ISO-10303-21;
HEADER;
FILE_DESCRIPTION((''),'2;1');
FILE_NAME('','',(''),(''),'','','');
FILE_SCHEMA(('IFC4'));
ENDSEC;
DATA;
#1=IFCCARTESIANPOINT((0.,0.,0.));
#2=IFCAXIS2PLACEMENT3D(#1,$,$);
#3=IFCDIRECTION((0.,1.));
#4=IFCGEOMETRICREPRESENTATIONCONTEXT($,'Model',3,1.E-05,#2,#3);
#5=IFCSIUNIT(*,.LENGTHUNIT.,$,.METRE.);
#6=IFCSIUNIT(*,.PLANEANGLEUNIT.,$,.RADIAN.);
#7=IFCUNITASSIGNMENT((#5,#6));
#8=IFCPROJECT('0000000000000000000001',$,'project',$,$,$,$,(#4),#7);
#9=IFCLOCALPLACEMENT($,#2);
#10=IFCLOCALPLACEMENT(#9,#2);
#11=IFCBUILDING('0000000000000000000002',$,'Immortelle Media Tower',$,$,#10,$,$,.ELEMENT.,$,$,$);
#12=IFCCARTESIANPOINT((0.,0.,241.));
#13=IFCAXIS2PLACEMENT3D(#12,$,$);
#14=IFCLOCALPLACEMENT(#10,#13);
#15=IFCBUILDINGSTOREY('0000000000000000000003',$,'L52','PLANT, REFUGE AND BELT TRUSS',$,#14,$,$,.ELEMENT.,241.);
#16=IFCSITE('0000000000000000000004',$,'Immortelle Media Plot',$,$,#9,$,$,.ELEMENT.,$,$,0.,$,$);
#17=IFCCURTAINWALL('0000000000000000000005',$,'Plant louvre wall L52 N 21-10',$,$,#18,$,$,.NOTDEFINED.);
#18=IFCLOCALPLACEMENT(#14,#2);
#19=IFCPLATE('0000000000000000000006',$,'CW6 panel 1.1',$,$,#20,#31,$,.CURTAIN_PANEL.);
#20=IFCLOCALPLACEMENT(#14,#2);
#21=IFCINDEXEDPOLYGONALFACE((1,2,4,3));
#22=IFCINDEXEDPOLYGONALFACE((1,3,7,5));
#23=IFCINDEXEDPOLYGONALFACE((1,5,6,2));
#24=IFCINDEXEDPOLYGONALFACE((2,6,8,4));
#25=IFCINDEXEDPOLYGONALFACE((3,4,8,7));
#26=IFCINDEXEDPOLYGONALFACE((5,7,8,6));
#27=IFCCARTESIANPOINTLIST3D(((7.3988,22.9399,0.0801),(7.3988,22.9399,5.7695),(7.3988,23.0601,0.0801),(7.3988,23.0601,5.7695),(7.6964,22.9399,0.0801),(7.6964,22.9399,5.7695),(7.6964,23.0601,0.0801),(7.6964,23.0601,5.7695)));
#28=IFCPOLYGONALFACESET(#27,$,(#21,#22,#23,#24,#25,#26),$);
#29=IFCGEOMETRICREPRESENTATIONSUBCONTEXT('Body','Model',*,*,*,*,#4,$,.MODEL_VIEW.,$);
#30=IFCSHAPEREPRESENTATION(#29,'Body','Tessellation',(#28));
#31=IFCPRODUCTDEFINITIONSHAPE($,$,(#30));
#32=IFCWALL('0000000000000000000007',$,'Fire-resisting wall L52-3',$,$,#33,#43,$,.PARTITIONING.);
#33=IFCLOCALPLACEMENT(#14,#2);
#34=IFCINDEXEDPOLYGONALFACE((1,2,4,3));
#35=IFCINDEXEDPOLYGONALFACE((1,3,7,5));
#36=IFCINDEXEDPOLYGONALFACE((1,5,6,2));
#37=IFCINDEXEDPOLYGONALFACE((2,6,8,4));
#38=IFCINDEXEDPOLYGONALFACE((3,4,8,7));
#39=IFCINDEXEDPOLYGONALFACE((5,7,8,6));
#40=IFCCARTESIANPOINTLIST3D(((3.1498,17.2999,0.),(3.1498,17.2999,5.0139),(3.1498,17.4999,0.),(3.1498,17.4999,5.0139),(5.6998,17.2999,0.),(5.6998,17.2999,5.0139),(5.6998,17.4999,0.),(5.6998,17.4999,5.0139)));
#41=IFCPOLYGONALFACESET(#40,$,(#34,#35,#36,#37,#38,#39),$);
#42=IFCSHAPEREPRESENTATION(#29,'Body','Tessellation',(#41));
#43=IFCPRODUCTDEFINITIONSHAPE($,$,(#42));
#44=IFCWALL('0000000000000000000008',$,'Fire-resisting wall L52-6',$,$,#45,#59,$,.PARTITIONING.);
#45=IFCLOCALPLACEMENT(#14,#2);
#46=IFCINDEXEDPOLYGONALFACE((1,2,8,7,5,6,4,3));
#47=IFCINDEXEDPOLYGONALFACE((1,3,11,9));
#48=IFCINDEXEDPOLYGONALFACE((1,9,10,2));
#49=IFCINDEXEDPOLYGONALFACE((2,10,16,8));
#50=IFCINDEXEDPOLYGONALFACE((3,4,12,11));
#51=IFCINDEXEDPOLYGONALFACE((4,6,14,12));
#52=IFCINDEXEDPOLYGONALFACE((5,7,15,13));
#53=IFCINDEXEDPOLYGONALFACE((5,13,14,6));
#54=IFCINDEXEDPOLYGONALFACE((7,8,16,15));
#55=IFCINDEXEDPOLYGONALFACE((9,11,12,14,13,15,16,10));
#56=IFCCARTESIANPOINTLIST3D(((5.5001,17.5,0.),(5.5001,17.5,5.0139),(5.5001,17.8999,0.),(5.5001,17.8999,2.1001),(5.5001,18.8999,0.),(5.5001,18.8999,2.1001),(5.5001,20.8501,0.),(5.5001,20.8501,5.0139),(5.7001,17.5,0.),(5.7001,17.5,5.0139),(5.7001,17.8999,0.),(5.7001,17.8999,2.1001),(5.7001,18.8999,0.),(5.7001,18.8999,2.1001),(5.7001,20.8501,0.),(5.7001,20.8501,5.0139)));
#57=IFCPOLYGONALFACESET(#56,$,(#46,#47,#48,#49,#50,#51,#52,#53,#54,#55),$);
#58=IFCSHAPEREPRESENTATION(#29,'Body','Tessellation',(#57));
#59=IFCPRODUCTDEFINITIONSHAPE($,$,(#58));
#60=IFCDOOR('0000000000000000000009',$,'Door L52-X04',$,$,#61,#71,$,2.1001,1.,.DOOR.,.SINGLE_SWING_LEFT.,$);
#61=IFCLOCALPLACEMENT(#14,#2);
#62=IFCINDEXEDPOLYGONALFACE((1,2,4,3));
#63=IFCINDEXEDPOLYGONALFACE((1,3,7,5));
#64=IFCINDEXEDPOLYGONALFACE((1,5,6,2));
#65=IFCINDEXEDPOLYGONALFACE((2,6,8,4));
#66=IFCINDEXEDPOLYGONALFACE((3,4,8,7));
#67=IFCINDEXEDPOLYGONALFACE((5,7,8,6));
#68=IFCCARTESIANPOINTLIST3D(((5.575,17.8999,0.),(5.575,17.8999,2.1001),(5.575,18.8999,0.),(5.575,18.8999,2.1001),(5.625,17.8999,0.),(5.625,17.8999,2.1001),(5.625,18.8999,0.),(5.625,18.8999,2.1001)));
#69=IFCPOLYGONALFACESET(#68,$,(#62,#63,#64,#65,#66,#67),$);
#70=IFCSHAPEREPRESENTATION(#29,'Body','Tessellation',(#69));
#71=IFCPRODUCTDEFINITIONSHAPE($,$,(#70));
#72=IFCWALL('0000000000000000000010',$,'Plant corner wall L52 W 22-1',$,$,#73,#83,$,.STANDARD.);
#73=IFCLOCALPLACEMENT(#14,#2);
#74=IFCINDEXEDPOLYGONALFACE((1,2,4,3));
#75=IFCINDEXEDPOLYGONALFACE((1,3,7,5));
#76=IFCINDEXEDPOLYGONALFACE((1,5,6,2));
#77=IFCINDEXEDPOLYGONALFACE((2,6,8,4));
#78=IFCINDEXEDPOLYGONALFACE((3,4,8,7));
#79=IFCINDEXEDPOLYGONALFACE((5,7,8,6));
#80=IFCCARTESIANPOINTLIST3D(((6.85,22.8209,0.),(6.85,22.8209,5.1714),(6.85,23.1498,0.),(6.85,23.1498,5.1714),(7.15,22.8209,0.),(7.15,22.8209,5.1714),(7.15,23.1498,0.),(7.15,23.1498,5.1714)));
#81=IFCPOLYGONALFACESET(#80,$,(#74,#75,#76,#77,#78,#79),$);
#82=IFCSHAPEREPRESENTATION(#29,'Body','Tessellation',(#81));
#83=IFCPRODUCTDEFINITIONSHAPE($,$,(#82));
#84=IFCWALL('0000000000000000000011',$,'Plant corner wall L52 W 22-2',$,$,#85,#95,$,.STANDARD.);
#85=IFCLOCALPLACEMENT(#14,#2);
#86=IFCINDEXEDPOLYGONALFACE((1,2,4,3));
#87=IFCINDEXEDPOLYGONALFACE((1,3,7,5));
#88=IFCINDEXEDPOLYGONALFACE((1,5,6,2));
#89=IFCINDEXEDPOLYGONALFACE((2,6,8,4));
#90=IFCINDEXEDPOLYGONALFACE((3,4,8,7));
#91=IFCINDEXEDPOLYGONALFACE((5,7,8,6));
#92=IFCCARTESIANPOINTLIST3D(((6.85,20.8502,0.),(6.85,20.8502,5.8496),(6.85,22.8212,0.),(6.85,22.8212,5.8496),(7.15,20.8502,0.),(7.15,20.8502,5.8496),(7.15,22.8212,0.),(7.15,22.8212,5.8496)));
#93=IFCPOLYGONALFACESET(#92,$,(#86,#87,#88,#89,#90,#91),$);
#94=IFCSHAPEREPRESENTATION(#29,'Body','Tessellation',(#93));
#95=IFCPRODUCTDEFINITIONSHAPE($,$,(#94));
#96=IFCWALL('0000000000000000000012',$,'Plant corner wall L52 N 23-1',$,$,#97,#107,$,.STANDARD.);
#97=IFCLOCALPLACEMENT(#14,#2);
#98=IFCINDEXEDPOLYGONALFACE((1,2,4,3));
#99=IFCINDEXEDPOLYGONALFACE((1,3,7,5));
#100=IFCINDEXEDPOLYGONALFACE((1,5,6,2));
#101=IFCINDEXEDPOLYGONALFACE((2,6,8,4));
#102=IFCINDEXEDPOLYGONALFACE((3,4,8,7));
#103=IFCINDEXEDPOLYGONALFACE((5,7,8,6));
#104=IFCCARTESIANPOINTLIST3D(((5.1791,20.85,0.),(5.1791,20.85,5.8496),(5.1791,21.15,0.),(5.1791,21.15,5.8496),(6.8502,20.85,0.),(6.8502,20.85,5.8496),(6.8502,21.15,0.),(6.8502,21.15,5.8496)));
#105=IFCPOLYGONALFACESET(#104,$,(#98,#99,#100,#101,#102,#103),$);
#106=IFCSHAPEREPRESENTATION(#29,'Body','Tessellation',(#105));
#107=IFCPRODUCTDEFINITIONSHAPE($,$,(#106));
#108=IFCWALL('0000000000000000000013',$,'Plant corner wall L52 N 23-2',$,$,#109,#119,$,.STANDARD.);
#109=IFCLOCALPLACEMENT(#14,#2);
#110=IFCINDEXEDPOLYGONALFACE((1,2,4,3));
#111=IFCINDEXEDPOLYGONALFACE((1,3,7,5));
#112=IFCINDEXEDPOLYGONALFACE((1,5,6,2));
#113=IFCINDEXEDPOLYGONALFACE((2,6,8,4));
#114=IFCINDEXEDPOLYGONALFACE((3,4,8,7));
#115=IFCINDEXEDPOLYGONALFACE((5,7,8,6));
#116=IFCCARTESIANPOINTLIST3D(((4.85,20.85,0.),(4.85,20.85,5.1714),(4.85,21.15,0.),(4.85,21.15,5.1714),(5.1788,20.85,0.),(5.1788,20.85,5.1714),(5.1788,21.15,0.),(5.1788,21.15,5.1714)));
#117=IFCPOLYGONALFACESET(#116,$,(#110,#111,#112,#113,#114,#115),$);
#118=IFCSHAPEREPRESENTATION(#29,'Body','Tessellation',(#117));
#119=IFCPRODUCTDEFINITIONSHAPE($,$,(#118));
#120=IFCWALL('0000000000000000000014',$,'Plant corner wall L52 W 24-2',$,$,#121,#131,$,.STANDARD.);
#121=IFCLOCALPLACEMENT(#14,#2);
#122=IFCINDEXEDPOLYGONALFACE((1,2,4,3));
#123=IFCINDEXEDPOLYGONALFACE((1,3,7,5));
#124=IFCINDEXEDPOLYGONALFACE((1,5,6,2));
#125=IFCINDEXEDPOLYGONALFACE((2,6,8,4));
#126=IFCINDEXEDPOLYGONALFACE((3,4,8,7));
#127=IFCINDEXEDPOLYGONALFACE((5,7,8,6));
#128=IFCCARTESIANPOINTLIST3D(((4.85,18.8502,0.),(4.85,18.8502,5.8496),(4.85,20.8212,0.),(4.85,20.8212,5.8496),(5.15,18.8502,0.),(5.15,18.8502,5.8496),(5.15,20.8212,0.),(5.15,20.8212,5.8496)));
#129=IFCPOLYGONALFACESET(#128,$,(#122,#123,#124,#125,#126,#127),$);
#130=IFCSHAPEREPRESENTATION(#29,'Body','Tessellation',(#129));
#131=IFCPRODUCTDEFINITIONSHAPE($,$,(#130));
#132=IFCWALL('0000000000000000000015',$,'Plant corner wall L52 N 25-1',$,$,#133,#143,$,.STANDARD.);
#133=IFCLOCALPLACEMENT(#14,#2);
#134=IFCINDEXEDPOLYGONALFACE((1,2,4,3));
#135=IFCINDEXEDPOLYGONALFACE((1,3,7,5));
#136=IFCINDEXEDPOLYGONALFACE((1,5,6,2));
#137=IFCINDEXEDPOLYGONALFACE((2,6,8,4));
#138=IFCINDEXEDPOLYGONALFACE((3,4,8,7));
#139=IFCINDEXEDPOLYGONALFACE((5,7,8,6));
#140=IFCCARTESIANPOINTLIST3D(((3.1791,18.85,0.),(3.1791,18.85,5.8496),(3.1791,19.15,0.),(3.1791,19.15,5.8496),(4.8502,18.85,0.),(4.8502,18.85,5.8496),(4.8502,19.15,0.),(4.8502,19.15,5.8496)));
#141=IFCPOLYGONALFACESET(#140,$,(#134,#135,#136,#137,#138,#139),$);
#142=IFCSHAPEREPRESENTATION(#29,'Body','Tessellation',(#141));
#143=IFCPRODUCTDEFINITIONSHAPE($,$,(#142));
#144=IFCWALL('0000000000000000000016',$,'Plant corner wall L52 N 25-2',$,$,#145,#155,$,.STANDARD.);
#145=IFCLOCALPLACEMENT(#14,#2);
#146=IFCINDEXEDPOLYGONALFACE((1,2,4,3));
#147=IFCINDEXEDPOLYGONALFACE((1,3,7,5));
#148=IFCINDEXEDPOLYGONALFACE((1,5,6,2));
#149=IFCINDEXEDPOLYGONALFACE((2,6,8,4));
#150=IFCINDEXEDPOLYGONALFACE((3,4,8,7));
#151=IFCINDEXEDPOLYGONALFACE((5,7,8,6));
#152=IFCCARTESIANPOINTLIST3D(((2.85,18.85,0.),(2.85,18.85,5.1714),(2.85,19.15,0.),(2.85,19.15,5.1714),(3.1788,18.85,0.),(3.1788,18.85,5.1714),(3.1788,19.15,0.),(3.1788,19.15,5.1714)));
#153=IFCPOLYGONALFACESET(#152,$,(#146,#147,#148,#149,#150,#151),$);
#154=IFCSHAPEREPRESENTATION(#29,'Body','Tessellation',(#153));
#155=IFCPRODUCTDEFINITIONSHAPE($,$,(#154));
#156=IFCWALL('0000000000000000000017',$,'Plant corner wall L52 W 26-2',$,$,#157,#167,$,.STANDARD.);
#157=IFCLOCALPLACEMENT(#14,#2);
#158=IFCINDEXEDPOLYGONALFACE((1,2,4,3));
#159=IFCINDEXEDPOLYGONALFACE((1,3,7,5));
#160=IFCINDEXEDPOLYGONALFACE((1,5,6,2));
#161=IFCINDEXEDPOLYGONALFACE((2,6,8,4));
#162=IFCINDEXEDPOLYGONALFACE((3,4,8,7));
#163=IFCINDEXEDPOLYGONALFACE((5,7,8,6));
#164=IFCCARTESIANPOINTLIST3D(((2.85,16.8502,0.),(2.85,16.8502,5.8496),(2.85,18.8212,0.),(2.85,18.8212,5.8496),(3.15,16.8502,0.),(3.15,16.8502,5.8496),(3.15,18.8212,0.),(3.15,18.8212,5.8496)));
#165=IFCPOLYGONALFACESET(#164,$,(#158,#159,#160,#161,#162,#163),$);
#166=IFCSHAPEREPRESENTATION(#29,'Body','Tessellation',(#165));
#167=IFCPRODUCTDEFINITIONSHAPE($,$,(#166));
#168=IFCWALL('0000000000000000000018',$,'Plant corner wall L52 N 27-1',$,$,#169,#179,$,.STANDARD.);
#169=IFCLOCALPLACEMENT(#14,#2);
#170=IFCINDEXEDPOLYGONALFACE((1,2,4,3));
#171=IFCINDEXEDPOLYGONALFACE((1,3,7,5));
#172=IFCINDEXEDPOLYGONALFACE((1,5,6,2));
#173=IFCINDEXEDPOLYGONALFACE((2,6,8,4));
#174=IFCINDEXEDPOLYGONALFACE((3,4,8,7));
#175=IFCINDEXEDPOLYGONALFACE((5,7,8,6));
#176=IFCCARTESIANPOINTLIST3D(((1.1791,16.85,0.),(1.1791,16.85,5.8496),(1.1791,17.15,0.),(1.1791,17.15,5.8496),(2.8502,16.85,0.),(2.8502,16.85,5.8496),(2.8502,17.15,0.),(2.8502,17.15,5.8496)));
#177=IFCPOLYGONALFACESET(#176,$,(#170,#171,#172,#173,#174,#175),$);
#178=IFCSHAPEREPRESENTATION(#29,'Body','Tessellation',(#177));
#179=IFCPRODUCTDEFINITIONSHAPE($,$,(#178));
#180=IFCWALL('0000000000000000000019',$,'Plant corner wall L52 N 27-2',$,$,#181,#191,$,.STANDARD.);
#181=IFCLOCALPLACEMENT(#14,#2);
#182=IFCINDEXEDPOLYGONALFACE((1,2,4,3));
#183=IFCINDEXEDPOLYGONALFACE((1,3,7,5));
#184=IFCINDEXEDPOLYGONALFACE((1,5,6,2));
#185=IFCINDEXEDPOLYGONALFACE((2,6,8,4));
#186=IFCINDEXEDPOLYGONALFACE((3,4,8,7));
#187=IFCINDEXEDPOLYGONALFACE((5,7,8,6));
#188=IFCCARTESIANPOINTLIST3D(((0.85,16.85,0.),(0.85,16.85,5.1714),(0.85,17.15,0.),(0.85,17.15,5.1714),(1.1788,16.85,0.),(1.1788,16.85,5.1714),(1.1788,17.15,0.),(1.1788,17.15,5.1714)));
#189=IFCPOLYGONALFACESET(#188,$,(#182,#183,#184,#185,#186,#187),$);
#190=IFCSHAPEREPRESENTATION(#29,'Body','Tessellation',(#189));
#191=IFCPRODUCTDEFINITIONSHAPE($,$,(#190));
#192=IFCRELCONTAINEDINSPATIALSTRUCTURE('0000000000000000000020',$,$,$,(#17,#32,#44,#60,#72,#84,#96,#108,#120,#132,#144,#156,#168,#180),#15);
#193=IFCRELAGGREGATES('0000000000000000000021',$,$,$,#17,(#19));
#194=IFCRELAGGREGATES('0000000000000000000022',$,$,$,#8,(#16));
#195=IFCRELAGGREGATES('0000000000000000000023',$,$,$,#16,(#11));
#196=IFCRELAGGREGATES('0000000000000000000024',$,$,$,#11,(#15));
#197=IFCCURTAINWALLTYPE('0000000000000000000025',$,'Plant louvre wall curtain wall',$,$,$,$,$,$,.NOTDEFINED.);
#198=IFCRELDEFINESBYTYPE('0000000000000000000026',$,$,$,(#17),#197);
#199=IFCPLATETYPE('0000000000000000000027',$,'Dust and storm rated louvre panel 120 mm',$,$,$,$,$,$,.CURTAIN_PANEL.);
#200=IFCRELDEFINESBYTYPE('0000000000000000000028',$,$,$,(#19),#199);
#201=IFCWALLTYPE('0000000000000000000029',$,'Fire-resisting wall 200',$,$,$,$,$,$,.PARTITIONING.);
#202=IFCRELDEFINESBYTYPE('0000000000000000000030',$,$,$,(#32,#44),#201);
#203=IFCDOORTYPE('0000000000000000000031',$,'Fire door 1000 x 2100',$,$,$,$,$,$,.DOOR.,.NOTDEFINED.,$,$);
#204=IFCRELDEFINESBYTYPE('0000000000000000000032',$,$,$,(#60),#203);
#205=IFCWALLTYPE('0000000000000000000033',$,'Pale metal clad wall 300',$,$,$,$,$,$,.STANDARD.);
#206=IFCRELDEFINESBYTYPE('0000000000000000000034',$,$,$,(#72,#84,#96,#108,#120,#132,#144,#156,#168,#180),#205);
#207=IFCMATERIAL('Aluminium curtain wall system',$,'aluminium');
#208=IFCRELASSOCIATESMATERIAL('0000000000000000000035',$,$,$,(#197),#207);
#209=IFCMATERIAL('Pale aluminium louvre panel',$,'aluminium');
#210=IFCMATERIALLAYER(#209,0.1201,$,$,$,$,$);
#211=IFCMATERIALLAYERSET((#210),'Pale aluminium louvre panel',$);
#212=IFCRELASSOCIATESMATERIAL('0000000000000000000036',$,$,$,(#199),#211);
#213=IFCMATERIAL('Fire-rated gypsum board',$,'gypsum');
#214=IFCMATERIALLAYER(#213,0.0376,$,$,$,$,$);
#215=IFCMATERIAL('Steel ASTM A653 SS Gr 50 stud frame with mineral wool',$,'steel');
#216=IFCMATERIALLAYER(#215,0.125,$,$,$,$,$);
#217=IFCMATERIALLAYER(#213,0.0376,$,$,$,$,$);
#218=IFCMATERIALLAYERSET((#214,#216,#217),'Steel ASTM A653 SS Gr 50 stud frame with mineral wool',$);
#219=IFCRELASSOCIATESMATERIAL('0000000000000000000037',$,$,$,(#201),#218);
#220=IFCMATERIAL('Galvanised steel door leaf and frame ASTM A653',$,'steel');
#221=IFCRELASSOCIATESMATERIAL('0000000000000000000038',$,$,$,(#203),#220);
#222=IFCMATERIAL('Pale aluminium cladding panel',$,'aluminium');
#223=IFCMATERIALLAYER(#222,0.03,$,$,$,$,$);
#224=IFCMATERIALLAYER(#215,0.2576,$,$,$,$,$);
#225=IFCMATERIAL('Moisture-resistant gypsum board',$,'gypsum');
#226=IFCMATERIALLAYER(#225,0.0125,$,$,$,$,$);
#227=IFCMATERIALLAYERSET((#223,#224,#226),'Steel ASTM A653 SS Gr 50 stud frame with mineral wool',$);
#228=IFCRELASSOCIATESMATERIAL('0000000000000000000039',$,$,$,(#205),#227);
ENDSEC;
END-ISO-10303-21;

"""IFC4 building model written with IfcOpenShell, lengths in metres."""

from ifc_helpers import new_model, si_unit, direction, frame, frame_2d, origin, origin_2d, place, context, subcontext, project, spatial, rectangle, extrude, material, layer, layer_set, type_object, element, fill, aggregate, save


model = new_model("IFC4")

# Units and contexts
model_context = context("Model", 3, precision=1e-05, world=origin(), true_north=direction((0.0, 1.0)))
body_context = subcontext(model_context, "Body", "Model", "MODEL_VIEW")
ifc_project = project(units=[si_unit("LENGTHUNIT", "METRE"), si_unit("PLANEANGLEUNIT", "RADIAN")], contexts=[model_context])

# Site, building, storey
site_placement = place(None, origin())
site = spatial("IfcSite", under=ifc_project, at=site_placement, Name="Immortelle Media Plot", CompositionType="ELEMENT", RefElevation=0.0)
building_placement = place(site_placement, origin())
building = spatial("IfcBuilding", under=site, at=building_placement, Name="Immortelle Media Tower", CompositionType="ELEMENT")
storey_placement = place(building_placement, frame((0.0, 0.0, 241.0)))
storey = spatial("IfcBuildingStorey", under=building, at=storey_placement, Name="L52", Description="PLANT, REFUGE AND BELT TRUSS", CompositionType="ELEMENT", Elevation=241.0)

# Shared definitions
ifc_material_1 = material(Name="Aluminium curtain wall system", Category="aluminium")
curtain_wall_type = type_object("IfcCurtainWallType", Name="Plant louvre wall curtain wall", PredefinedType="NOTDEFINED", material=ifc_material_1)

# Curtain wall
curtain_wall_1_placement = place(storey_placement, origin())
curtain_wall_1 = element("IfcCurtainWall", 1, at=curtain_wall_1_placement, inside=storey, type_object=curtain_wall_type, Name="Plant louvre wall L52 N 21-10", PredefinedType="NOTDEFINED")

# Plate
ifc_material_2 = material(Name="Pale aluminium louvre panel", Category="aluminium")
ifc_layer_1 = layer(ifc_material_2, 0.1201)
ifc_layer_set_1 = layer_set([ifc_layer_1], Name="Pale aluminium louvre panel")
plate_type = type_object("IfcPlateType", Name="Dust and storm rated louvre panel 120 mm", PredefinedType="CURTAIN_PANEL", material=ifc_layer_set_1)
plate_placement = place(storey_placement, frame((7.5476, 23.0, 0.0801), z_axis=(0.0, 0.0, 1.0), x_axis=(-1.0, 0.0, 0.0)))
plate = element("IfcPlate", 2, at=plate_placement, type_object=plate_type, Name="CW6 panel 1.1", PredefinedType="CURTAIN_PANEL", context=body_context, shape_type="SweptSolid", body=[
    extrude(rectangle(XDim=0.2976, YDim=0.1201, at=origin_2d()), origin(), (0.0, 0.0, 1.0), 5.6895),
])
aggregate(curtain_wall_1, [plate])

# Wall
ifc_material_3 = material(Name="Fire-rated gypsum board", Category="gypsum")
ifc_layer_2 = layer(ifc_material_3, 0.0376)
ifc_material_4 = material(Name="Steel ASTM A653 SS Gr 50 stud frame with mineral wool", Category="steel")
ifc_layer_3 = layer(ifc_material_4, 0.125)
ifc_layer_4 = layer(ifc_material_3, 0.0376)
ifc_layer_set_2 = layer_set([ifc_layer_2, ifc_layer_3, ifc_layer_4], Name="Steel ASTM A653 SS Gr 50 stud frame with mineral wool")
wall_type_1 = type_object("IfcWallType", Name="Fire-resisting wall 200", PredefinedType="PARTITIONING", material=ifc_layer_set_2)
wall_1_placement = place(storey_placement, frame((3.1499, 17.3999, 0.0), z_axis=(0.0, 0.0, 1.0), x_axis=(1.0, 0.0, 0.0)))
element("IfcWall", 3, at=wall_1_placement, inside=storey, type_object=wall_type_1, Name="Fire-resisting wall L52-3", PredefinedType="PARTITIONING", context=body_context, shape_type="SweptSolid", body=[
    extrude(rectangle(XDim=2.55, YDim=0.2, at=frame_2d((1.2749, 0.0))), origin(), (0.0, 0.0, 1.0), 5.0139),
])

# Wall, opening, door
wall_2_placement = place(storey_placement, frame((5.6001, 17.5, 0.0), z_axis=(0.0, 0.0, 1.0), x_axis=(0.0, 1.0, 0.0)))
wall_2 = element("IfcWall", 4, at=wall_2_placement, inside=storey, type_object=wall_type_1, Name="Fire-resisting wall L52-6", PredefinedType="PARTITIONING", context=body_context, shape_type="SweptSolid", body=[
    extrude(rectangle(XDim=3.3501, YDim=0.2, at=frame_2d((1.675, 0.0))), origin(), (0.0, 0.0, 1.0), 5.0139),
])
opening_placement = place(wall_2_placement, frame((1.3999, 0.0, 0.0), z_axis=(0.0, 0.0, 1.0), x_axis=(-1.0, 0.0, 0.0)))
opening = element("IfcOpeningElement", 5, at=opening_placement, cuts=wall_2, PredefinedType="OPENING", context=body_context, shape_type="SweptSolid", body=[
    extrude(rectangle(XDim=1.0, YDim=2.1001, at=frame_2d((0.5, 1.05))), frame((0.0, 0.1099, 0.0), z_axis=(0.0, -1.0, 0.0), x_axis=(1.0, 0.0, 0.0)), (0.0, 0.0, 1.0), 0.22),
])
ifc_material_5 = material(Name="Galvanised steel door leaf and frame ASTM A653", Category="steel")
door_type = type_object("IfcDoorType", Name="Fire door 1000 x 2100", OperationType="NOTDEFINED", PredefinedType="DOOR", material=ifc_material_5)
door_placement = place(opening_placement, origin())
door = element("IfcDoor", 6, at=door_placement, inside=storey, type_object=door_type, Name="Door L52-X04", OperationType="SINGLE_SWING_LEFT", OverallHeight=2.1001, OverallWidth=1.0, PredefinedType="DOOR", context=body_context, shape_type="SweptSolid", body=[
    extrude(rectangle(XDim=1.0, YDim=2.1001, at=frame_2d((0.5, 1.05))), frame((0.0, 0.0249, 0.0), z_axis=(0.0, -1.0, 0.0), x_axis=(1.0, 0.0, 0.0)), (0.0, 0.0, 1.0), 0.05),
])
fill(opening, door)

# Walls
ifc_material_6 = material(Name="Pale aluminium cladding panel", Category="aluminium")
ifc_layer_5 = layer(ifc_material_6, 0.03)
ifc_layer_6 = layer(ifc_material_4, 0.2576)
ifc_material_7 = material(Name="Moisture-resistant gypsum board", Category="gypsum")
ifc_layer_7 = layer(ifc_material_7, 0.0125)
ifc_layer_set_3 = layer_set([ifc_layer_5, ifc_layer_6, ifc_layer_7], Name="Steel ASTM A653 SS Gr 50 stud frame with mineral wool")
wall_type_2 = type_object("IfcWallType", Name="Pale metal clad wall 300", PredefinedType="STANDARD", material=ifc_layer_set_3)
wall_3_placement = place(storey_placement, frame((7.0, 23.1499, 0.0), z_axis=(0.0, 0.0, 1.0), x_axis=(0.0, -1.0, 0.0)))
element("IfcWall", 7, at=wall_3_placement, inside=storey, type_object=wall_type_2, Name="Plant corner wall L52 W 22-1", PredefinedType="STANDARD", context=body_context, shape_type="SweptSolid", body=[
    extrude(rectangle(XDim=0.3289, YDim=0.3, at=frame_2d((0.1646, 0.0))), origin(), (0.0, 0.0, 1.0), 5.1714),
])
wall_4_placement = place(storey_placement, frame((7.0, 22.821, 0.0), z_axis=(0.0, 0.0, 1.0), x_axis=(0.0, -1.0, 0.0)))
element("IfcWall", 8, at=wall_4_placement, inside=storey, type_object=wall_type_2, Name="Plant corner wall L52 W 22-2", PredefinedType="STANDARD", context=body_context, shape_type="SweptSolid", body=[
    extrude(rectangle(XDim=1.9709, YDim=0.3, at=frame_2d((0.9854, 0.0))), origin(), (0.0, 0.0, 1.0), 5.8496),
])
wall_5_placement = place(storey_placement, frame((6.8501, 21.0, 0.0), z_axis=(0.0, 0.0, 1.0), x_axis=(-1.0, 0.0, 0.0)))
element("IfcWall", 9, at=wall_5_placement, inside=storey, type_object=wall_type_2, Name="Plant corner wall L52 N 23-1", PredefinedType="STANDARD", context=body_context, shape_type="SweptSolid", body=[
    extrude(rectangle(XDim=1.6711, YDim=0.3, at=frame_2d((0.8354, 0.0))), origin(), (0.0, 0.0, 1.0), 5.8496),
])
wall_6_placement = place(storey_placement, frame((5.179, 21.0, 0.0), z_axis=(0.0, 0.0, 1.0), x_axis=(-1.0, 0.0, 0.0)))
element("IfcWall", 10, at=wall_6_placement, inside=storey, type_object=wall_type_2, Name="Plant corner wall L52 N 23-2", PredefinedType="STANDARD", context=body_context, shape_type="SweptSolid", body=[
    extrude(rectangle(XDim=0.3289, YDim=0.3, at=frame_2d((0.1646, 0.0))), origin(), (0.0, 0.0, 1.0), 5.1714),
])
wall_7_placement = place(storey_placement, frame((5.0, 20.821, 0.0), z_axis=(0.0, 0.0, 1.0), x_axis=(0.0, -1.0, 0.0)))
element("IfcWall", 11, at=wall_7_placement, inside=storey, type_object=wall_type_2, Name="Plant corner wall L52 W 24-2", PredefinedType="STANDARD", context=body_context, shape_type="SweptSolid", body=[
    extrude(rectangle(XDim=1.9709, YDim=0.3, at=frame_2d((0.9854, 0.0))), origin(), (0.0, 0.0, 1.0), 5.8496),
])
wall_8_placement = place(storey_placement, frame((4.8501, 19.0, 0.0), z_axis=(0.0, 0.0, 1.0), x_axis=(-1.0, 0.0, 0.0)))
element("IfcWall", 12, at=wall_8_placement, inside=storey, type_object=wall_type_2, Name="Plant corner wall L52 N 25-1", PredefinedType="STANDARD", context=body_context, shape_type="SweptSolid", body=[
    extrude(rectangle(XDim=1.6711, YDim=0.3, at=frame_2d((0.8354, 0.0))), origin(), (0.0, 0.0, 1.0), 5.8496),
])
wall_9_placement = place(storey_placement, frame((3.179, 19.0, 0.0), z_axis=(0.0, 0.0, 1.0), x_axis=(-1.0, 0.0, 0.0)))
element("IfcWall", 13, at=wall_9_placement, inside=storey, type_object=wall_type_2, Name="Plant corner wall L52 N 25-2", PredefinedType="STANDARD", context=body_context, shape_type="SweptSolid", body=[
    extrude(rectangle(XDim=0.3289, YDim=0.3, at=frame_2d((0.1646, 0.0))), origin(), (0.0, 0.0, 1.0), 5.1714),
])
wall_10_placement = place(storey_placement, frame((3.0, 18.821, 0.0), z_axis=(0.0, 0.0, 1.0), x_axis=(0.0, -1.0, 0.0)))
element("IfcWall", 14, at=wall_10_placement, inside=storey, type_object=wall_type_2, Name="Plant corner wall L52 W 26-2", PredefinedType="STANDARD", context=body_context, shape_type="SweptSolid", body=[
    extrude(rectangle(XDim=1.9709, YDim=0.3, at=frame_2d((0.9854, 0.0))), origin(), (0.0, 0.0, 1.0), 5.8496),
])
wall_11_placement = place(storey_placement, frame((2.8501, 17.0, 0.0), z_axis=(0.0, 0.0, 1.0), x_axis=(-1.0, 0.0, 0.0)))
element("IfcWall", 15, at=wall_11_placement, inside=storey, type_object=wall_type_2, Name="Plant corner wall L52 N 27-1", PredefinedType="STANDARD", context=body_context, shape_type="SweptSolid", body=[
    extrude(rectangle(XDim=1.6711, YDim=0.3, at=frame_2d((0.8354, 0.0))), origin(), (0.0, 0.0, 1.0), 5.8496),
])
wall_12_placement = place(storey_placement, frame((1.179, 17.0, 0.0), z_axis=(0.0, 0.0, 1.0), x_axis=(-1.0, 0.0, 0.0)))
element("IfcWall", 16, at=wall_12_placement, inside=storey, type_object=wall_type_2, Name="Plant corner wall L52 N 27-2", PredefinedType="STANDARD", context=body_context, shape_type="SweptSolid", body=[
    extrude(rectangle(XDim=0.3289, YDim=0.3, at=frame_2d((0.1646, 0.0))), origin(), (0.0, 0.0, 1.0), 5.1714),
])

save(model, "model.ifc")
